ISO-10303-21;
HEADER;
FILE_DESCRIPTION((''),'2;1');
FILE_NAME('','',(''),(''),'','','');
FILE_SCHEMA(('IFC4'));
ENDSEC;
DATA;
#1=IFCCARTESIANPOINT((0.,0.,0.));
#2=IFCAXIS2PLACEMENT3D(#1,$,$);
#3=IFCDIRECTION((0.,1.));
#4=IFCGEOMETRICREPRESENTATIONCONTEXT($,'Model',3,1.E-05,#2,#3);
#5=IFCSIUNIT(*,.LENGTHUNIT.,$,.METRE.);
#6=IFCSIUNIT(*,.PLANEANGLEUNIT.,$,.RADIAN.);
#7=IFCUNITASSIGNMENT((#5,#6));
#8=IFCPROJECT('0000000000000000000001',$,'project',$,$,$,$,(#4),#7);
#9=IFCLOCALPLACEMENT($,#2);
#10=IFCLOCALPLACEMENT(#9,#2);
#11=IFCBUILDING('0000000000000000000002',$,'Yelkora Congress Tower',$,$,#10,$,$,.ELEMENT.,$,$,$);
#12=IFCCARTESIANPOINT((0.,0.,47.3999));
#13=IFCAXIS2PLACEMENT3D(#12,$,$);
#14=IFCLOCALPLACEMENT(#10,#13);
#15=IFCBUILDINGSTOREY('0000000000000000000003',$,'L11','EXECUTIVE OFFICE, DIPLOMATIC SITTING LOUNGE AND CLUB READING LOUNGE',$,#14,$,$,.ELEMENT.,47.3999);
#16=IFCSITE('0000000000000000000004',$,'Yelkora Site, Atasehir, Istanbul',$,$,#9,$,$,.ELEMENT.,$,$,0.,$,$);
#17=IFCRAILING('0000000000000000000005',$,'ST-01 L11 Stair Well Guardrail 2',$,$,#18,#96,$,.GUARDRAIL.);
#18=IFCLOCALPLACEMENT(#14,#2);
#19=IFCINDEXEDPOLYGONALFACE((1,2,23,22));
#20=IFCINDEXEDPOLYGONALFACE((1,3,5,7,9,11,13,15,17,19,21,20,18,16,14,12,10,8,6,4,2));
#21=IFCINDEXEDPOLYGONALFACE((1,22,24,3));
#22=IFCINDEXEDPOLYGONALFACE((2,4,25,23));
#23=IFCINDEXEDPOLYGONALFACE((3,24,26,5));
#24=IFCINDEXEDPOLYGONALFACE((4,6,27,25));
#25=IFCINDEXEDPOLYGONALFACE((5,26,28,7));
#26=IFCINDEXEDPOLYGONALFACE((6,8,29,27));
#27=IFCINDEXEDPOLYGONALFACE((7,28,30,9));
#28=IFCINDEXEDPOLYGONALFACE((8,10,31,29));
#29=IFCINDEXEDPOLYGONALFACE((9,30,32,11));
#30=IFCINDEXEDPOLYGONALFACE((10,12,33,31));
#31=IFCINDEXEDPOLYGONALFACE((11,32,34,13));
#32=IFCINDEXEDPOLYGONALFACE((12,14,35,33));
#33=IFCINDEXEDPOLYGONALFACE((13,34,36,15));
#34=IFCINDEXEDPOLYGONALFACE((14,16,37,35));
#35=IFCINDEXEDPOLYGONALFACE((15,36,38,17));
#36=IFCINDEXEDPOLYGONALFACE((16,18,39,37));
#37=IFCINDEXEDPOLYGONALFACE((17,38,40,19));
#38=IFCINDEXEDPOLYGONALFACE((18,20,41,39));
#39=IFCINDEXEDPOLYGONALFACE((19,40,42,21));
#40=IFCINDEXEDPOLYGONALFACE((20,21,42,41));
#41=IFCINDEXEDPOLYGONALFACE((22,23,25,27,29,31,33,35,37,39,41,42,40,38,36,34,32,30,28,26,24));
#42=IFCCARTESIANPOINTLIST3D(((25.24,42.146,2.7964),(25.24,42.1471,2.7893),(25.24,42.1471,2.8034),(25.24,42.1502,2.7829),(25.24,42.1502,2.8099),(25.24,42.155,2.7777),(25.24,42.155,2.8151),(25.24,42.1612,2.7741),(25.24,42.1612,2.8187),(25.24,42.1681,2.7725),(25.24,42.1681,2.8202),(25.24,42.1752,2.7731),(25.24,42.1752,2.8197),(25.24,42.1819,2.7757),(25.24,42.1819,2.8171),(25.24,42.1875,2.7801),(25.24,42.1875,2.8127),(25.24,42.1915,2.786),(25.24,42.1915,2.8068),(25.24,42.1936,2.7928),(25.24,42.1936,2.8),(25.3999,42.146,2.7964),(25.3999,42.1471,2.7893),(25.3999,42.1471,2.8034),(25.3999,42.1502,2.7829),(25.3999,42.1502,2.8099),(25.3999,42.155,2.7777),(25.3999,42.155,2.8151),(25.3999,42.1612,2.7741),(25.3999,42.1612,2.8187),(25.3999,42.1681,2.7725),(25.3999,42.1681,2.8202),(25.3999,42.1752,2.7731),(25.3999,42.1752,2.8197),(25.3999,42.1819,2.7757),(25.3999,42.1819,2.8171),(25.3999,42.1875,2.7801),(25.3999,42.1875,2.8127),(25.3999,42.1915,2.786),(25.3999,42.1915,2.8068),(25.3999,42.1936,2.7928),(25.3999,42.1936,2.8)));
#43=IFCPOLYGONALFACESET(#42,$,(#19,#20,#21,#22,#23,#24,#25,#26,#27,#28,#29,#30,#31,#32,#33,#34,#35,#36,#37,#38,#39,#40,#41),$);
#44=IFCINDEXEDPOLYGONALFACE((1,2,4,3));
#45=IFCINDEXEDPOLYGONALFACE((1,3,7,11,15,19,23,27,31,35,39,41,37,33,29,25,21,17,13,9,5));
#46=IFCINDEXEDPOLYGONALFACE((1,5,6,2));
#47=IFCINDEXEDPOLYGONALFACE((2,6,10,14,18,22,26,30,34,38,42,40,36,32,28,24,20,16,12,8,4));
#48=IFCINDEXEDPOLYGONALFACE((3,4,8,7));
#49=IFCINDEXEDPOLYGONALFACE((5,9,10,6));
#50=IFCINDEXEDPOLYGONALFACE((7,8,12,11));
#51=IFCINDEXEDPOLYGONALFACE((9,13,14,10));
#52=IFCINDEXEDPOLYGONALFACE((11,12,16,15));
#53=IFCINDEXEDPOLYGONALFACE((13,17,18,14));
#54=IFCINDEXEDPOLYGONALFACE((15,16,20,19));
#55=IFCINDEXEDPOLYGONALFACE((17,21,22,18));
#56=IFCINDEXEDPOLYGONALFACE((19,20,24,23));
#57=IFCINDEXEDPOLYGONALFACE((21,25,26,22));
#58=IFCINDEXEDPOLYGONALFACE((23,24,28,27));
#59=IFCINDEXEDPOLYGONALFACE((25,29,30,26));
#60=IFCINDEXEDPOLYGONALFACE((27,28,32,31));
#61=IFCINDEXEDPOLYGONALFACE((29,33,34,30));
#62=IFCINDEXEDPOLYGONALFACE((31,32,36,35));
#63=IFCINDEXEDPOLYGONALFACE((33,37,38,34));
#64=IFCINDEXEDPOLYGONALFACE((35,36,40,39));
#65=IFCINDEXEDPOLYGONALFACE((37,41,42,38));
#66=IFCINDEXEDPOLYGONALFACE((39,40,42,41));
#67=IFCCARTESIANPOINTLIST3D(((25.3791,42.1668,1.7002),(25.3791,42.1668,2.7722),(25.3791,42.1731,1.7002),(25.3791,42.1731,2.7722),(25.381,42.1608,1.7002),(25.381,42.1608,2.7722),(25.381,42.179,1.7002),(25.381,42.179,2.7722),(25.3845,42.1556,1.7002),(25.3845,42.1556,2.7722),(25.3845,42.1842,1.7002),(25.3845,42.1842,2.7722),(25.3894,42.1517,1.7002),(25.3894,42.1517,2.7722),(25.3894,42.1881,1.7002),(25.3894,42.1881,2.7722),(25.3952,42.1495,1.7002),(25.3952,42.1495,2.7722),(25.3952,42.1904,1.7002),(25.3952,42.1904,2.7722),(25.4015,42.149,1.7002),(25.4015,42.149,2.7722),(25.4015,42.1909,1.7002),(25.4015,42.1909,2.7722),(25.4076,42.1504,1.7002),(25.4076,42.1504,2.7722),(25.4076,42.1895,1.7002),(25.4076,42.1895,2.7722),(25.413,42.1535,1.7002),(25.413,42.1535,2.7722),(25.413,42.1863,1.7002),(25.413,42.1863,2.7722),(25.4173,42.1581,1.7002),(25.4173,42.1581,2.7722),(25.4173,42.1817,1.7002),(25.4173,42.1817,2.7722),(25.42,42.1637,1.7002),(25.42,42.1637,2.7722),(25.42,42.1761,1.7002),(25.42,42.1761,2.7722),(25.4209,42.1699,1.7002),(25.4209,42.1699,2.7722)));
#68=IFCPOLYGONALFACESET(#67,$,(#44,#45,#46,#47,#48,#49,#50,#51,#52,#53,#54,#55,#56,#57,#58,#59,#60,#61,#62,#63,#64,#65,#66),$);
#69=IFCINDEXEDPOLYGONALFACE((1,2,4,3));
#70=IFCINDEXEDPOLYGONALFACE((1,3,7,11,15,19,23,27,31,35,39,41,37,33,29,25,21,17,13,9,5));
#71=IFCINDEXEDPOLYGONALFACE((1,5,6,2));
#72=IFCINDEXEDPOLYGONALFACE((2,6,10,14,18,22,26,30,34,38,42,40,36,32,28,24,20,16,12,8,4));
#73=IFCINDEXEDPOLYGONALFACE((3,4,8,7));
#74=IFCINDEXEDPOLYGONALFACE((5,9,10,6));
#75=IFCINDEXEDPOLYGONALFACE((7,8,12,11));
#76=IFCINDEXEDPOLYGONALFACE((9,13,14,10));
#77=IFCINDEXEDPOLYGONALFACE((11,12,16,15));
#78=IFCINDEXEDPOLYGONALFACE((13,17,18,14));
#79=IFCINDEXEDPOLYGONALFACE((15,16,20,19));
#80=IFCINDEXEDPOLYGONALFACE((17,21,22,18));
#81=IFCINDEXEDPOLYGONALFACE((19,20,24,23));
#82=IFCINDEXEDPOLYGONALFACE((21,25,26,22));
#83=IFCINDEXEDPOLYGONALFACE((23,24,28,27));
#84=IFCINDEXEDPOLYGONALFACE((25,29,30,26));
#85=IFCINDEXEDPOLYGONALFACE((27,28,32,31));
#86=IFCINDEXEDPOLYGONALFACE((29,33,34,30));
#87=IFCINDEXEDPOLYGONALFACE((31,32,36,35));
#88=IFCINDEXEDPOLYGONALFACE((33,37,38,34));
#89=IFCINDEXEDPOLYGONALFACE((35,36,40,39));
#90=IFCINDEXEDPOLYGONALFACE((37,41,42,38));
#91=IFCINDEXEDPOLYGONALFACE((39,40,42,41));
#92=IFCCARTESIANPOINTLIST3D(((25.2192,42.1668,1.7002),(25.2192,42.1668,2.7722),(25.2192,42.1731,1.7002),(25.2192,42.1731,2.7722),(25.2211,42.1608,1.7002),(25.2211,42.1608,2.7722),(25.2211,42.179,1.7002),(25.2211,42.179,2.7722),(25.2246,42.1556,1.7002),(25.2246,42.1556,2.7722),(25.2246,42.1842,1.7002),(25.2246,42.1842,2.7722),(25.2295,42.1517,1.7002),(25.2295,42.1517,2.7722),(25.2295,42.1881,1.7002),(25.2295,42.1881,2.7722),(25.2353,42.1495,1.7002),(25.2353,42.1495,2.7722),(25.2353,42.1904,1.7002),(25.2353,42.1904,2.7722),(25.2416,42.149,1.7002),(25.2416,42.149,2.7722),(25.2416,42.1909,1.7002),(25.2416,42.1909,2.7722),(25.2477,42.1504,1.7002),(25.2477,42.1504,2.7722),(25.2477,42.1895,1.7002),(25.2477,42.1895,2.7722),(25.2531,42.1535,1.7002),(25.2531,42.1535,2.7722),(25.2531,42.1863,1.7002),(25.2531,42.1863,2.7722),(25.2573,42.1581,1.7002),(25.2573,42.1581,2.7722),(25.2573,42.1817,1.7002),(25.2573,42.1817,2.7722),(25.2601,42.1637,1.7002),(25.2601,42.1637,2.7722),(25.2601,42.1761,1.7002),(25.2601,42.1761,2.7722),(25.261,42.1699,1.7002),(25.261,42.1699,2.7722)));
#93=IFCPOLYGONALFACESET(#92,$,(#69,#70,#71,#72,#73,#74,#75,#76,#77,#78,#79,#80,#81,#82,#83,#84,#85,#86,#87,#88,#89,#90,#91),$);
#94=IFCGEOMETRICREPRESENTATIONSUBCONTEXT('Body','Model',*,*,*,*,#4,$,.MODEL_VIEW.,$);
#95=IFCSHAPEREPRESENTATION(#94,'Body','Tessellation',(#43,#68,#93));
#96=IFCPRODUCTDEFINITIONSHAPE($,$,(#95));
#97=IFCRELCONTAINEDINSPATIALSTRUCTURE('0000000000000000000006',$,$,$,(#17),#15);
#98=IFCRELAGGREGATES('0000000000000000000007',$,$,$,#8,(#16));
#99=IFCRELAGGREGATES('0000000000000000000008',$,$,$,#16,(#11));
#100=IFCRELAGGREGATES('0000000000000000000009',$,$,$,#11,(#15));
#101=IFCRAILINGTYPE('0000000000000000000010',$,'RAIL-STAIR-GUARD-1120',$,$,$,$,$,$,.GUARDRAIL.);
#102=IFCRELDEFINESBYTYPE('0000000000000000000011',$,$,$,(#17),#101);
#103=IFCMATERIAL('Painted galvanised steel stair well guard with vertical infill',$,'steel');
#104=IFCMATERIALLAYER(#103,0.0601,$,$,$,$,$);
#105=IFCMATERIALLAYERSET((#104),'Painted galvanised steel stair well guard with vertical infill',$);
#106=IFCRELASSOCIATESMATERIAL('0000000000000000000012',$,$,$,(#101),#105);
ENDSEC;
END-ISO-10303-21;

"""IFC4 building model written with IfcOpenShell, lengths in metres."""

from ifc_helpers import new_model, si_unit, direction, frame, origin, origin_2d, place, context, subcontext, project, spatial, circle, extrude, material, layer, layer_set, type_object, element, save


model = new_model("IFC4")

# Units and contexts
model_context = context("Model", 3, precision=1e-05, world=origin(), true_north=direction((0.0, 1.0)))
body_context = subcontext(model_context, "Body", "Model", "MODEL_VIEW")
ifc_project = project(units=[si_unit("LENGTHUNIT", "METRE"), si_unit("PLANEANGLEUNIT", "RADIAN")], contexts=[model_context])

# Site, building, storey
site_placement = place(None, origin())
site = spatial("IfcSite", under=ifc_project, at=site_placement, Name="Yelkora Site, Atasehir, Istanbul", CompositionType="ELEMENT", RefElevation=0.0)
building_placement = place(site_placement, origin())
building = spatial("IfcBuilding", under=site, at=building_placement, Name="Yelkora Congress Tower", CompositionType="ELEMENT")
storey_placement = place(building_placement, frame((0.0, 0.0, 47.3999)))
storey = spatial("IfcBuildingStorey", under=building, at=storey_placement, Name="L11", Description="EXECUTIVE OFFICE, DIPLOMATIC SITTING LOUNGE AND CLUB READING LOUNGE", CompositionType="ELEMENT", Elevation=47.3999)

# Railing
ifc_material_1 = material(Name="Painted galvanised steel stair well guard with vertical infill", Category="steel")
ifc_layer_1 = layer(ifc_material_1, 0.0601)
ifc_layer_set_1 = layer_set([ifc_layer_1], Name="Painted galvanised steel stair well guard with vertical infill")
railing_type_1 = type_object("IfcRailingType", Name="RAIL-STAIR-GUARD-1120", PredefinedType="GUARDRAIL", material=ifc_layer_set_1)
railing_1_placement = place(storey_placement, frame((25.3999, 42.1699, 1.7002)))
element("IfcRailing", 1, at=railing_1_placement, inside=storey, type_object=railing_type_1, Name="ST-01 L11 Stair Well Guardrail 2", PredefinedType="GUARDRAIL", context=body_context, shape_type="SweptSolid", body=[
    extrude(circle(Radius=0.0239, at=origin_2d()), frame((0.0, 0.0, 1.0962), z_axis=(-1.0, 0.0, 0.0), x_axis=(0.0, -1.0, 0.0)), (0.0, 0.0, 1.0), 0.1599),
    extrude(circle(Radius=0.021, at=origin_2d()), origin(), (0.0, 0.0, 1.0), 1.072),
    extrude(circle(Radius=0.021, at=origin_2d()), frame((-0.1599, 0.0, 0.0)), (0.0, 0.0, 1.0), 1.072),
])

save(model, "model.ifc")
